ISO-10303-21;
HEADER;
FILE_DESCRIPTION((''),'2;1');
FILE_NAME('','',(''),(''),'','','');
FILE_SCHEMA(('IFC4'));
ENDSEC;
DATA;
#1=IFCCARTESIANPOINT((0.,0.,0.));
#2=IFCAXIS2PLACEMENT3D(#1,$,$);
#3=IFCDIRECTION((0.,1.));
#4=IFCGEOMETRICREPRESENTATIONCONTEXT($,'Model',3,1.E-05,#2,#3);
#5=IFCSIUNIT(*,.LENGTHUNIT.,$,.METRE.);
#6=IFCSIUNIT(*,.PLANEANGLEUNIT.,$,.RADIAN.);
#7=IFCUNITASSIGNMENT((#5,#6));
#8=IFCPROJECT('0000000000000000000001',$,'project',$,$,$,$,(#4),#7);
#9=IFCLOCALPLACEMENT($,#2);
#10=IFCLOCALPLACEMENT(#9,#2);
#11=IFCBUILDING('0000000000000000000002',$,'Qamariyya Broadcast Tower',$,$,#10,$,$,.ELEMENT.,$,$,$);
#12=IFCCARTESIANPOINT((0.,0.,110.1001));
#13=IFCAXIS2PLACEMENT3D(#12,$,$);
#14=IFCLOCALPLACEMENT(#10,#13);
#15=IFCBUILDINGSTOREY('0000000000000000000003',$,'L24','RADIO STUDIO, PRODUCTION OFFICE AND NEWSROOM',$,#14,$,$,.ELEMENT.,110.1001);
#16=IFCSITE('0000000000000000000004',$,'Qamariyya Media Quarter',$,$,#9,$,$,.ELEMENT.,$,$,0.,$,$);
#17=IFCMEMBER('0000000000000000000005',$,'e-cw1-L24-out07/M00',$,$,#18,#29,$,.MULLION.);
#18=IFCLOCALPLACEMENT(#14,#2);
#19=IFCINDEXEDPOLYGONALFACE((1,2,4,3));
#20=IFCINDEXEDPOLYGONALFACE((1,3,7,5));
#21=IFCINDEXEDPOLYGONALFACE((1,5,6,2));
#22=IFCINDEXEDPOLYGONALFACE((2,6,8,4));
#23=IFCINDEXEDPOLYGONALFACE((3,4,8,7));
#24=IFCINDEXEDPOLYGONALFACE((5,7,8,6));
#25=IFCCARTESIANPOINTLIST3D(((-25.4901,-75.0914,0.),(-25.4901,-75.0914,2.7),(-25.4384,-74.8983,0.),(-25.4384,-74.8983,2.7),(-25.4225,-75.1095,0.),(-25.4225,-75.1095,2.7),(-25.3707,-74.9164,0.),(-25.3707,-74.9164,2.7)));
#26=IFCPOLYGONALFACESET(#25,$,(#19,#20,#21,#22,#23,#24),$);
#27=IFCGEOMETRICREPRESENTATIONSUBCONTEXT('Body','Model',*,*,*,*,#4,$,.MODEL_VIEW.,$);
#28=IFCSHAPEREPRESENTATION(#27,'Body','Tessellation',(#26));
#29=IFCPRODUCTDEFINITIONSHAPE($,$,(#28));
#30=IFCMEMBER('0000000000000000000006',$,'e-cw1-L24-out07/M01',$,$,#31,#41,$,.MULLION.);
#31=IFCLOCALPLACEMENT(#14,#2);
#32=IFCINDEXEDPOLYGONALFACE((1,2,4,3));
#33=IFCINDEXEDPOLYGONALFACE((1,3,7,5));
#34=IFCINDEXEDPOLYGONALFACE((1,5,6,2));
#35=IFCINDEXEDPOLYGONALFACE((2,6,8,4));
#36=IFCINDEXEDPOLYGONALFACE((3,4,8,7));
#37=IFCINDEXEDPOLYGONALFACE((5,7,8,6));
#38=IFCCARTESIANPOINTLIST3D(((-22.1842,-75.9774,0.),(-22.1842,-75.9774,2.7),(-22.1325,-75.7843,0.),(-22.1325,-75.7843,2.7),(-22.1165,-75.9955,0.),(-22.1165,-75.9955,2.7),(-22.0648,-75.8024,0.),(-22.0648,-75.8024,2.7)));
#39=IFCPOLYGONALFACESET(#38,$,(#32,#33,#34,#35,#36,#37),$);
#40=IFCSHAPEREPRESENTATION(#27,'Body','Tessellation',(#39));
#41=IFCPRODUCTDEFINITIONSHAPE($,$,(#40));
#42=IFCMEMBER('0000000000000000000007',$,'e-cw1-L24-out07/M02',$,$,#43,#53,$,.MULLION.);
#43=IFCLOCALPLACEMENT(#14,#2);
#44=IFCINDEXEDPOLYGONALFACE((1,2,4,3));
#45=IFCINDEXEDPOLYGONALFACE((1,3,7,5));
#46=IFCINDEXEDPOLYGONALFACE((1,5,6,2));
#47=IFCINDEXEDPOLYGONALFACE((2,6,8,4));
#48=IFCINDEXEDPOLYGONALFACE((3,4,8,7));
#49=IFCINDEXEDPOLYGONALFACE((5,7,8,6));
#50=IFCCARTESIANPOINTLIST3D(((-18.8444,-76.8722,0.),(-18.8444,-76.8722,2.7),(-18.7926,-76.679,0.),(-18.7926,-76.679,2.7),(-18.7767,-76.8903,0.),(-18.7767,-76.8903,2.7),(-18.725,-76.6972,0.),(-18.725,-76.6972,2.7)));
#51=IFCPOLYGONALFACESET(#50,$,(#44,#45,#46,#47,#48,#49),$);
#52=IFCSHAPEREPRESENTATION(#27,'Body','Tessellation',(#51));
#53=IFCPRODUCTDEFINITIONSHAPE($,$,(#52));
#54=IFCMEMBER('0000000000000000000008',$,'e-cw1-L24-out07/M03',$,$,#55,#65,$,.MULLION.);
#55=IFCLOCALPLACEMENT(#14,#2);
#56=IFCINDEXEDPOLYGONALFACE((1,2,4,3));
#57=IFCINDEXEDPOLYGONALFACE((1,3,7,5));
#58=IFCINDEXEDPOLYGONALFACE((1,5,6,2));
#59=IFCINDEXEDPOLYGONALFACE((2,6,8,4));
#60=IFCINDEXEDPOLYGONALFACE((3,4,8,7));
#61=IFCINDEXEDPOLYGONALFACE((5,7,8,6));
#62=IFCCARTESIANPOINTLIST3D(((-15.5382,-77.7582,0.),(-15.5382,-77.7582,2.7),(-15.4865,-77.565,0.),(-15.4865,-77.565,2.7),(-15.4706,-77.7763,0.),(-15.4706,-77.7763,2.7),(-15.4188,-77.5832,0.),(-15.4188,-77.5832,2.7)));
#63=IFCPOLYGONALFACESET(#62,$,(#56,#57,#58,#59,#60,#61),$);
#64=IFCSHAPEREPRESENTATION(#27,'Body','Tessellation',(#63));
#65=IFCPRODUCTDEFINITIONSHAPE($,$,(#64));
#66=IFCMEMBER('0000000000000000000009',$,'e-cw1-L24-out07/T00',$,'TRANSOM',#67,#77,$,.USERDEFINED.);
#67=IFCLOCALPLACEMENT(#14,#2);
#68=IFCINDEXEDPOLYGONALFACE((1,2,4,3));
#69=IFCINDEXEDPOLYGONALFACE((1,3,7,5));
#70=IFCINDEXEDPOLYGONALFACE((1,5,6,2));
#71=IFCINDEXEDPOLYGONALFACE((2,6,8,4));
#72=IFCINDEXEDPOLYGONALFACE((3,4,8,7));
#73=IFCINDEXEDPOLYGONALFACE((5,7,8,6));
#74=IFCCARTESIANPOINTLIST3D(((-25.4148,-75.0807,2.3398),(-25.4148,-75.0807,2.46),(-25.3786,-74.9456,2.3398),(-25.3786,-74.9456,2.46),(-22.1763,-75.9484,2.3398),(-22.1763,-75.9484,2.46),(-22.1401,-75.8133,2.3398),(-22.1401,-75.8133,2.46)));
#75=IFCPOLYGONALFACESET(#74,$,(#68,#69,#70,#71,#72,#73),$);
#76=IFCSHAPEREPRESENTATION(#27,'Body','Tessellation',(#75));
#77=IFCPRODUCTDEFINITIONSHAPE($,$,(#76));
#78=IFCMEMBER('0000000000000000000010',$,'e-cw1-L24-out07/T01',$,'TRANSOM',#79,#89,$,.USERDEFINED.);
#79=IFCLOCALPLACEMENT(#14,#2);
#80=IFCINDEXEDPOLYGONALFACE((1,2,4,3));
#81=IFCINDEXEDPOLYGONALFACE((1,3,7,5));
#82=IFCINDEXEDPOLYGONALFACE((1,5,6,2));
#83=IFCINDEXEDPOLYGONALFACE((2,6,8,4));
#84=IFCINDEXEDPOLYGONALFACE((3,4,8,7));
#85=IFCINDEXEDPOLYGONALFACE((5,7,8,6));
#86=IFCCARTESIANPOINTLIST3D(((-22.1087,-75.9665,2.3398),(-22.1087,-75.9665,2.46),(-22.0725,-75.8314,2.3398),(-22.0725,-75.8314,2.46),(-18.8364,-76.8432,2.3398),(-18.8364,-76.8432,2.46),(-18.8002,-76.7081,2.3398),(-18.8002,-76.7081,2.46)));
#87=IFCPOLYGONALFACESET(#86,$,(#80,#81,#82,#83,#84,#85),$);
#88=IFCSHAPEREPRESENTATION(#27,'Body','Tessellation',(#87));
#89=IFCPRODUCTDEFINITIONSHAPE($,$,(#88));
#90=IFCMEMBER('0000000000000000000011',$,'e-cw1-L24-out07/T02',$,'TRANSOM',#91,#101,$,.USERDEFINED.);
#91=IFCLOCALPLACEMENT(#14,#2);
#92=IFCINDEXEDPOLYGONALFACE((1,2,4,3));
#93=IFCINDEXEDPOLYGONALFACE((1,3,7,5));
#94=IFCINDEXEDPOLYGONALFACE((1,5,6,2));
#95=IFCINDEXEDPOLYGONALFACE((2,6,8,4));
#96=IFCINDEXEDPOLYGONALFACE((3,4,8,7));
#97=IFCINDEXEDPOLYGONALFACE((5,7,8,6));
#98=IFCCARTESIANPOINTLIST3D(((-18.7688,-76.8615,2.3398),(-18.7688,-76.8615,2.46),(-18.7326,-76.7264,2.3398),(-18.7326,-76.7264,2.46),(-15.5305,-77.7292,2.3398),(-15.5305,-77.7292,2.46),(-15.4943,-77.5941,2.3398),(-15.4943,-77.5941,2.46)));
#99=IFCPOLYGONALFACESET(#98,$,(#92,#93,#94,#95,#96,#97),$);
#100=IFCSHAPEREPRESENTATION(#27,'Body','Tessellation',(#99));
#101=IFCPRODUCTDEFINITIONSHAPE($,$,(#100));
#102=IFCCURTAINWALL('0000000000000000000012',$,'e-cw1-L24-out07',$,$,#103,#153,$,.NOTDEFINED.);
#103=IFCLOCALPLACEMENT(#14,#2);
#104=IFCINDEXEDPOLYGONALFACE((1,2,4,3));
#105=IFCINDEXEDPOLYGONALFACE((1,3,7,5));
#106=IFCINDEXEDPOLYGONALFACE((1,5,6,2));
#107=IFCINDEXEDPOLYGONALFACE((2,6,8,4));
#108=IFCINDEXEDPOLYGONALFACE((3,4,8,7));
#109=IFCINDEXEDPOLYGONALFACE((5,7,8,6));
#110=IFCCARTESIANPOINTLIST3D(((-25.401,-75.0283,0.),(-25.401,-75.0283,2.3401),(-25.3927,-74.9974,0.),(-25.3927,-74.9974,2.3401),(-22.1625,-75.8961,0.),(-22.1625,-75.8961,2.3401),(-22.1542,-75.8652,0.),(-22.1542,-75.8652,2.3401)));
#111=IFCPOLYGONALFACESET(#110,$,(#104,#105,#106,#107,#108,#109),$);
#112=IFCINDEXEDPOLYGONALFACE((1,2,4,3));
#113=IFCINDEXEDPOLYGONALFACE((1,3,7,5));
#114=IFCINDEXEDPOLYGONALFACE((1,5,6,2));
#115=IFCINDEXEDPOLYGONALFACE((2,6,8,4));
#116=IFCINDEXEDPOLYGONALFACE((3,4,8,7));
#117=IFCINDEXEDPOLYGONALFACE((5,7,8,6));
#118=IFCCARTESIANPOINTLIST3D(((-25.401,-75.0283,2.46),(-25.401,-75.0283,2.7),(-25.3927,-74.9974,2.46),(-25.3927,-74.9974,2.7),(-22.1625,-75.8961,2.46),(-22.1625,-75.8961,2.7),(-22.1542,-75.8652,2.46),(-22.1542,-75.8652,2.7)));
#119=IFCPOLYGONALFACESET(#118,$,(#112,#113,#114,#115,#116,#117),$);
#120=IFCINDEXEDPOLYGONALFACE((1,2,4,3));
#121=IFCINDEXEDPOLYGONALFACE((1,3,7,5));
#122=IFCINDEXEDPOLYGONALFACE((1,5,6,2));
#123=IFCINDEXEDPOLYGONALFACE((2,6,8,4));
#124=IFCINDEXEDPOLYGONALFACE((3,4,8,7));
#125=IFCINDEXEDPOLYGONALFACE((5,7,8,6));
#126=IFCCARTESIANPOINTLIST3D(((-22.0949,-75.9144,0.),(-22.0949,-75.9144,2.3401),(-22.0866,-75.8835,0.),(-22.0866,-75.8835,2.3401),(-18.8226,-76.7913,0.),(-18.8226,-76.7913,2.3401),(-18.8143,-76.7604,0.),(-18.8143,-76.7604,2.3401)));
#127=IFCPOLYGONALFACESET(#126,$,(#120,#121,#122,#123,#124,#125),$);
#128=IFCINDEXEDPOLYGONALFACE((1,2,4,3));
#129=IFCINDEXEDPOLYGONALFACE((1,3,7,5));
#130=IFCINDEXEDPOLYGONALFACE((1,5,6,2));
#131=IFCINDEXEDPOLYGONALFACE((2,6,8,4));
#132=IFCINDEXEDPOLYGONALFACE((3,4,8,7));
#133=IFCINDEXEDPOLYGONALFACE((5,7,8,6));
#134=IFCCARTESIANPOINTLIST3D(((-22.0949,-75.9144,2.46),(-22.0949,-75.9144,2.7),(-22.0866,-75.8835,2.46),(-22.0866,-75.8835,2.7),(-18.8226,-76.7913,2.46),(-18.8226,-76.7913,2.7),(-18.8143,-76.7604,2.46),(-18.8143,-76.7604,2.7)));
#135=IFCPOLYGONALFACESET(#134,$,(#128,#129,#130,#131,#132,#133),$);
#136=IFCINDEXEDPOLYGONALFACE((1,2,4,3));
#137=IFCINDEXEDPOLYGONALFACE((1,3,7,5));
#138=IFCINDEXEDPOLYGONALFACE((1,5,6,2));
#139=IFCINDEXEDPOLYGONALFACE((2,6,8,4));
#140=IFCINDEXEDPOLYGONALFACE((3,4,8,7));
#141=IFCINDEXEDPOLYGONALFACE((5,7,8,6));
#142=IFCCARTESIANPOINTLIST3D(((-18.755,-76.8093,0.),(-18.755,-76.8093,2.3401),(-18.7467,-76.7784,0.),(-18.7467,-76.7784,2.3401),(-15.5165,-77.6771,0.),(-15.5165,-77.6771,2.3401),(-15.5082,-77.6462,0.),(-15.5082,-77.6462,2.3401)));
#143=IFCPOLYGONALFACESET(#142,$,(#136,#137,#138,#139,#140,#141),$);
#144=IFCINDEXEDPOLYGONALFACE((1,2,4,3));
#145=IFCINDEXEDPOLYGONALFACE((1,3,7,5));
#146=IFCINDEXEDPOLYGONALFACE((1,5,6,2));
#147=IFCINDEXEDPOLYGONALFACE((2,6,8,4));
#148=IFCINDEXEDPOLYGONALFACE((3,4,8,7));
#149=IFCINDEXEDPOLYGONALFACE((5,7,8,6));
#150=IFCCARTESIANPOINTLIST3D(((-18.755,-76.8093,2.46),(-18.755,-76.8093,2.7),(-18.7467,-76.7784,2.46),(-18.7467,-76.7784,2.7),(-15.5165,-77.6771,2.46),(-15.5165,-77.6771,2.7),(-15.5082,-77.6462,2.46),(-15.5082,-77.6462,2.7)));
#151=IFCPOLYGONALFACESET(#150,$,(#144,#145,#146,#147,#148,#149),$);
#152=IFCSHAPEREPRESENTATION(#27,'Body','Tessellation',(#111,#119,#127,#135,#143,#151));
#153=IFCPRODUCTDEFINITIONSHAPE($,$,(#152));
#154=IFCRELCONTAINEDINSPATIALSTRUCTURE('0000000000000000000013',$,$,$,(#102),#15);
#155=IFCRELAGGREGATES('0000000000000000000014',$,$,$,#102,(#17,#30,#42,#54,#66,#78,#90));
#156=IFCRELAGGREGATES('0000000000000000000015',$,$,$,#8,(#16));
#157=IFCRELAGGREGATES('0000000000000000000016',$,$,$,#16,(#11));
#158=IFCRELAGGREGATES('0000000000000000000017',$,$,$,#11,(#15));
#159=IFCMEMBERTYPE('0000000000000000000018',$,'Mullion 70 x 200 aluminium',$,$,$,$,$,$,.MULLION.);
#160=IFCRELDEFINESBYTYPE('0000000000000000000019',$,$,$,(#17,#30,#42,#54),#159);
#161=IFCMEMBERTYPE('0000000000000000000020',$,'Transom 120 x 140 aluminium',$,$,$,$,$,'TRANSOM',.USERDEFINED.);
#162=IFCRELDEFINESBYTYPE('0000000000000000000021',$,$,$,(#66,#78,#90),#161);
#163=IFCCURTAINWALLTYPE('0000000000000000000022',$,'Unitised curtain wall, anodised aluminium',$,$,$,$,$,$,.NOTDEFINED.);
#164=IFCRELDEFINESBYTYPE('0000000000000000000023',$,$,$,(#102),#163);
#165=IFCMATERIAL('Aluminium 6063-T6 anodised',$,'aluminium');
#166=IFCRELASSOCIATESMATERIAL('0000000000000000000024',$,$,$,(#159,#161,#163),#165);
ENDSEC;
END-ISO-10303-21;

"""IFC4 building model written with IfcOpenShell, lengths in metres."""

from ifc_helpers import new_model, si_unit, direction, frame, origin, origin_2d, place, context, subcontext, project, spatial, rectangle, extrude, material, material_profile, profile_set, type_object, element, aggregate, save


model = new_model("IFC4")

# Units and contexts
model_context = context("Model", 3, precision=1e-05, world=origin(), true_north=direction((0.0, 1.0)))
body_context = subcontext(model_context, "Body", "Model", "MODEL_VIEW")
ifc_project = project(units=[si_unit("LENGTHUNIT", "METRE"), si_unit("PLANEANGLEUNIT", "RADIAN")], contexts=[model_context])

# Members
ifc_material = material(Name="Aluminium 6063-T6 anodised", Category="aluminium")
ifc_material_profile_1 = material_profile(ifc_material, rectangle(XDim=0.2, YDim=0.0701, at=origin_2d()))
ifc_profile_set_1 = profile_set([ifc_material_profile_1], Name="Aluminium 6063-T6 anodised")
member_type_1 = type_object("IfcMemberType", Name="Mullion 70 x 200 aluminium", PredefinedType="MULLION", material=ifc_profile_set_1)
site_placement = place(None, origin())
building_placement = place(site_placement, origin())
storey_placement = place(building_placement, frame((0.0, 0.0, 110.1001)))
member_1_placement = place(storey_placement, frame((-25.4304, -75.0039, 0.0), z_axis=(0.0, 0.0, 1.0), x_axis=(0.258819, 0.965926, 0.0)))
member_1 = element("IfcMember", 1, at=member_1_placement, type_object=member_type_1, Name="e-cw1-L24-out07/M00", PredefinedType="MULLION", context=body_context, shape_type="SweptSolid", body=[
    extrude(rectangle(XDim=0.2, YDim=0.0701, at=origin_2d()), origin(), (0.0, 0.0, 1.0), 2.7),
])
member_2_placement = place(storey_placement, frame((-22.1245, -75.8899, 0.0), z_axis=(0.0, 0.0, 1.0), x_axis=(0.258819, 0.965926, 0.0)))
member_2 = element("IfcMember", 2, at=member_2_placement, type_object=member_type_1, Name="e-cw1-L24-out07/M01", PredefinedType="MULLION", context=body_context, shape_type="SweptSolid", body=[
    extrude(rectangle(XDim=0.2, YDim=0.0701, at=origin_2d()), origin(), (0.0, 0.0, 1.0), 2.7),
])
member_3_placement = place(storey_placement, frame((-18.7847, -76.7847, 0.0), z_axis=(0.0, 0.0, 1.0), x_axis=(0.258819, 0.965926, 0.0)))
member_3 = element("IfcMember", 3, at=member_3_placement, type_object=member_type_1, Name="e-cw1-L24-out07/M02", PredefinedType="MULLION", context=body_context, shape_type="SweptSolid", body=[
    extrude(rectangle(XDim=0.2, YDim=0.0701, at=origin_2d()), origin(), (0.0, 0.0, 1.0), 2.7),
])
member_4_placement = place(storey_placement, frame((-15.4785, -77.6707, 0.0), z_axis=(0.0, 0.0, 1.0), x_axis=(0.258819, 0.965926, 0.0)))
member_4 = element("IfcMember", 4, at=member_4_placement, type_object=member_type_1, Name="e-cw1-L24-out07/M03", PredefinedType="MULLION", context=body_context, shape_type="SweptSolid", body=[
    extrude(rectangle(XDim=0.2, YDim=0.0701, at=origin_2d()), origin(), (0.0, 0.0, 1.0), 2.7),
])
ifc_material_profile_2 = material_profile(ifc_material, rectangle(XDim=0.1399, YDim=0.1201, at=origin_2d()))
ifc_profile_set_2 = profile_set([ifc_material_profile_2], Name="Aluminium 6063-T6 anodised")
member_type_2 = type_object("IfcMemberType", Name="Transom 120 x 140 aluminium", ElementType="TRANSOM", PredefinedType="USERDEFINED", material=ifc_profile_set_2)
member_5_placement = place(storey_placement, frame((-25.3967, -75.0132, 2.3999), z_axis=(0.965932, -0.258796, 0.0), x_axis=(0.258796, 0.965932, 0.0)))
member_5 = element("IfcMember", 5, at=member_5_placement, type_object=member_type_2, Name="e-cw1-L24-out07/T00", ObjectType="TRANSOM", PredefinedType="USERDEFINED", context=body_context, shape_type="SweptSolid", body=[
    extrude(rectangle(XDim=0.1399, YDim=0.1201, at=origin_2d()), origin(), (0.0, 0.0, 1.0), 3.3528),
])
member_6_placement = place(storey_placement, frame((-22.0906, -75.8989, 2.3999), z_axis=(0.965932, -0.258797, 0.0), x_axis=(0.258797, 0.965932, 0.0)))
member_6 = element("IfcMember", 6, at=member_6_placement, type_object=member_type_2, Name="e-cw1-L24-out07/T01", ObjectType="TRANSOM", PredefinedType="USERDEFINED", context=body_context, shape_type="SweptSolid", body=[
    extrude(rectangle(XDim=0.1399, YDim=0.1201, at=origin_2d()), origin(), (0.0, 0.0, 1.0), 3.3877),
])
member_7_placement = place(storey_placement, frame((-18.7507, -76.7939, 2.3999), z_axis=(0.965927, -0.258814, 0.0), x_axis=(0.258814, 0.965927, 0.0)))
member_7 = element("IfcMember", 7, at=member_7_placement, type_object=member_type_2, Name="e-cw1-L24-out07/T02", ObjectType="TRANSOM", PredefinedType="USERDEFINED", context=body_context, shape_type="SweptSolid", body=[
    extrude(rectangle(XDim=0.1399, YDim=0.1201, at=origin_2d()), origin(), (0.0, 0.0, 1.0), 3.3525),
])

# Site, building, storey
site = spatial("IfcSite", under=ifc_project, at=site_placement, Name="Qamariyya Media Quarter", CompositionType="ELEMENT", RefElevation=0.0)
building = spatial("IfcBuilding", under=site, at=building_placement, Name="Qamariyya Broadcast Tower", CompositionType="ELEMENT")
storey = spatial("IfcBuildingStorey", under=building, at=storey_placement, Name="L24", Description="RADIO STUDIO, PRODUCTION OFFICE AND NEWSROOM", CompositionType="ELEMENT", Elevation=110.1001)

# Curtain wall
curtain_wall_type = type_object("IfcCurtainWallType", Name="Unitised curtain wall, anodised aluminium", PredefinedType="NOTDEFINED", material=ifc_material)
curtain_wall_1_placement = place(storey_placement, origin())
curtain_wall_1 = element("IfcCurtainWall", 8, at=curtain_wall_1_placement, inside=storey, type_object=curtain_wall_type, Name="e-cw1-L24-out07", PredefinedType="NOTDEFINED", context=body_context, shape_type="SweptSolid", body=[
    extrude(rectangle(XDim=3.3528, YDim=0.032, at=origin_2d()), frame((-23.7776, -75.4468, 0.0), x_axis=(0.965924, -0.258827, 0.0)), (0.0, 0.0, 1.0), 2.3401),
    extrude(rectangle(XDim=3.3528, YDim=0.032, at=origin_2d()), frame((-23.7776, -75.4468, 2.46), x_axis=(0.965924, -0.258827, 0.0)), (0.0, 0.0, 1.0), 0.24),
    extrude(rectangle(XDim=3.3877, YDim=0.032, at=origin_2d()), frame((-20.4546, -76.3374, 0.0), x_axis=(0.965924, -0.258827, 0.0)), (0.0, 0.0, 1.0), 2.3401),
    extrude(rectangle(XDim=3.3877, YDim=0.032, at=origin_2d()), frame((-20.4546, -76.3374, 2.46), x_axis=(0.965924, -0.258827, 0.0)), (0.0, 0.0, 1.0), 0.24),
    extrude(rectangle(XDim=3.3528, YDim=0.032, at=origin_2d()), frame((-17.1316, -77.2278, 0.0), x_axis=(0.965924, -0.258827, 0.0)), (0.0, 0.0, 1.0), 2.3401),
    extrude(rectangle(XDim=3.3528, YDim=0.032, at=origin_2d()), frame((-17.1316, -77.2278, 2.46), x_axis=(0.965924, -0.258827, 0.0)), (0.0, 0.0, 1.0), 0.24),
])
aggregate(curtain_wall_1, [member_1, member_2, member_3, member_4, member_5, member_6, member_7])

save(model, "model.ifc")
